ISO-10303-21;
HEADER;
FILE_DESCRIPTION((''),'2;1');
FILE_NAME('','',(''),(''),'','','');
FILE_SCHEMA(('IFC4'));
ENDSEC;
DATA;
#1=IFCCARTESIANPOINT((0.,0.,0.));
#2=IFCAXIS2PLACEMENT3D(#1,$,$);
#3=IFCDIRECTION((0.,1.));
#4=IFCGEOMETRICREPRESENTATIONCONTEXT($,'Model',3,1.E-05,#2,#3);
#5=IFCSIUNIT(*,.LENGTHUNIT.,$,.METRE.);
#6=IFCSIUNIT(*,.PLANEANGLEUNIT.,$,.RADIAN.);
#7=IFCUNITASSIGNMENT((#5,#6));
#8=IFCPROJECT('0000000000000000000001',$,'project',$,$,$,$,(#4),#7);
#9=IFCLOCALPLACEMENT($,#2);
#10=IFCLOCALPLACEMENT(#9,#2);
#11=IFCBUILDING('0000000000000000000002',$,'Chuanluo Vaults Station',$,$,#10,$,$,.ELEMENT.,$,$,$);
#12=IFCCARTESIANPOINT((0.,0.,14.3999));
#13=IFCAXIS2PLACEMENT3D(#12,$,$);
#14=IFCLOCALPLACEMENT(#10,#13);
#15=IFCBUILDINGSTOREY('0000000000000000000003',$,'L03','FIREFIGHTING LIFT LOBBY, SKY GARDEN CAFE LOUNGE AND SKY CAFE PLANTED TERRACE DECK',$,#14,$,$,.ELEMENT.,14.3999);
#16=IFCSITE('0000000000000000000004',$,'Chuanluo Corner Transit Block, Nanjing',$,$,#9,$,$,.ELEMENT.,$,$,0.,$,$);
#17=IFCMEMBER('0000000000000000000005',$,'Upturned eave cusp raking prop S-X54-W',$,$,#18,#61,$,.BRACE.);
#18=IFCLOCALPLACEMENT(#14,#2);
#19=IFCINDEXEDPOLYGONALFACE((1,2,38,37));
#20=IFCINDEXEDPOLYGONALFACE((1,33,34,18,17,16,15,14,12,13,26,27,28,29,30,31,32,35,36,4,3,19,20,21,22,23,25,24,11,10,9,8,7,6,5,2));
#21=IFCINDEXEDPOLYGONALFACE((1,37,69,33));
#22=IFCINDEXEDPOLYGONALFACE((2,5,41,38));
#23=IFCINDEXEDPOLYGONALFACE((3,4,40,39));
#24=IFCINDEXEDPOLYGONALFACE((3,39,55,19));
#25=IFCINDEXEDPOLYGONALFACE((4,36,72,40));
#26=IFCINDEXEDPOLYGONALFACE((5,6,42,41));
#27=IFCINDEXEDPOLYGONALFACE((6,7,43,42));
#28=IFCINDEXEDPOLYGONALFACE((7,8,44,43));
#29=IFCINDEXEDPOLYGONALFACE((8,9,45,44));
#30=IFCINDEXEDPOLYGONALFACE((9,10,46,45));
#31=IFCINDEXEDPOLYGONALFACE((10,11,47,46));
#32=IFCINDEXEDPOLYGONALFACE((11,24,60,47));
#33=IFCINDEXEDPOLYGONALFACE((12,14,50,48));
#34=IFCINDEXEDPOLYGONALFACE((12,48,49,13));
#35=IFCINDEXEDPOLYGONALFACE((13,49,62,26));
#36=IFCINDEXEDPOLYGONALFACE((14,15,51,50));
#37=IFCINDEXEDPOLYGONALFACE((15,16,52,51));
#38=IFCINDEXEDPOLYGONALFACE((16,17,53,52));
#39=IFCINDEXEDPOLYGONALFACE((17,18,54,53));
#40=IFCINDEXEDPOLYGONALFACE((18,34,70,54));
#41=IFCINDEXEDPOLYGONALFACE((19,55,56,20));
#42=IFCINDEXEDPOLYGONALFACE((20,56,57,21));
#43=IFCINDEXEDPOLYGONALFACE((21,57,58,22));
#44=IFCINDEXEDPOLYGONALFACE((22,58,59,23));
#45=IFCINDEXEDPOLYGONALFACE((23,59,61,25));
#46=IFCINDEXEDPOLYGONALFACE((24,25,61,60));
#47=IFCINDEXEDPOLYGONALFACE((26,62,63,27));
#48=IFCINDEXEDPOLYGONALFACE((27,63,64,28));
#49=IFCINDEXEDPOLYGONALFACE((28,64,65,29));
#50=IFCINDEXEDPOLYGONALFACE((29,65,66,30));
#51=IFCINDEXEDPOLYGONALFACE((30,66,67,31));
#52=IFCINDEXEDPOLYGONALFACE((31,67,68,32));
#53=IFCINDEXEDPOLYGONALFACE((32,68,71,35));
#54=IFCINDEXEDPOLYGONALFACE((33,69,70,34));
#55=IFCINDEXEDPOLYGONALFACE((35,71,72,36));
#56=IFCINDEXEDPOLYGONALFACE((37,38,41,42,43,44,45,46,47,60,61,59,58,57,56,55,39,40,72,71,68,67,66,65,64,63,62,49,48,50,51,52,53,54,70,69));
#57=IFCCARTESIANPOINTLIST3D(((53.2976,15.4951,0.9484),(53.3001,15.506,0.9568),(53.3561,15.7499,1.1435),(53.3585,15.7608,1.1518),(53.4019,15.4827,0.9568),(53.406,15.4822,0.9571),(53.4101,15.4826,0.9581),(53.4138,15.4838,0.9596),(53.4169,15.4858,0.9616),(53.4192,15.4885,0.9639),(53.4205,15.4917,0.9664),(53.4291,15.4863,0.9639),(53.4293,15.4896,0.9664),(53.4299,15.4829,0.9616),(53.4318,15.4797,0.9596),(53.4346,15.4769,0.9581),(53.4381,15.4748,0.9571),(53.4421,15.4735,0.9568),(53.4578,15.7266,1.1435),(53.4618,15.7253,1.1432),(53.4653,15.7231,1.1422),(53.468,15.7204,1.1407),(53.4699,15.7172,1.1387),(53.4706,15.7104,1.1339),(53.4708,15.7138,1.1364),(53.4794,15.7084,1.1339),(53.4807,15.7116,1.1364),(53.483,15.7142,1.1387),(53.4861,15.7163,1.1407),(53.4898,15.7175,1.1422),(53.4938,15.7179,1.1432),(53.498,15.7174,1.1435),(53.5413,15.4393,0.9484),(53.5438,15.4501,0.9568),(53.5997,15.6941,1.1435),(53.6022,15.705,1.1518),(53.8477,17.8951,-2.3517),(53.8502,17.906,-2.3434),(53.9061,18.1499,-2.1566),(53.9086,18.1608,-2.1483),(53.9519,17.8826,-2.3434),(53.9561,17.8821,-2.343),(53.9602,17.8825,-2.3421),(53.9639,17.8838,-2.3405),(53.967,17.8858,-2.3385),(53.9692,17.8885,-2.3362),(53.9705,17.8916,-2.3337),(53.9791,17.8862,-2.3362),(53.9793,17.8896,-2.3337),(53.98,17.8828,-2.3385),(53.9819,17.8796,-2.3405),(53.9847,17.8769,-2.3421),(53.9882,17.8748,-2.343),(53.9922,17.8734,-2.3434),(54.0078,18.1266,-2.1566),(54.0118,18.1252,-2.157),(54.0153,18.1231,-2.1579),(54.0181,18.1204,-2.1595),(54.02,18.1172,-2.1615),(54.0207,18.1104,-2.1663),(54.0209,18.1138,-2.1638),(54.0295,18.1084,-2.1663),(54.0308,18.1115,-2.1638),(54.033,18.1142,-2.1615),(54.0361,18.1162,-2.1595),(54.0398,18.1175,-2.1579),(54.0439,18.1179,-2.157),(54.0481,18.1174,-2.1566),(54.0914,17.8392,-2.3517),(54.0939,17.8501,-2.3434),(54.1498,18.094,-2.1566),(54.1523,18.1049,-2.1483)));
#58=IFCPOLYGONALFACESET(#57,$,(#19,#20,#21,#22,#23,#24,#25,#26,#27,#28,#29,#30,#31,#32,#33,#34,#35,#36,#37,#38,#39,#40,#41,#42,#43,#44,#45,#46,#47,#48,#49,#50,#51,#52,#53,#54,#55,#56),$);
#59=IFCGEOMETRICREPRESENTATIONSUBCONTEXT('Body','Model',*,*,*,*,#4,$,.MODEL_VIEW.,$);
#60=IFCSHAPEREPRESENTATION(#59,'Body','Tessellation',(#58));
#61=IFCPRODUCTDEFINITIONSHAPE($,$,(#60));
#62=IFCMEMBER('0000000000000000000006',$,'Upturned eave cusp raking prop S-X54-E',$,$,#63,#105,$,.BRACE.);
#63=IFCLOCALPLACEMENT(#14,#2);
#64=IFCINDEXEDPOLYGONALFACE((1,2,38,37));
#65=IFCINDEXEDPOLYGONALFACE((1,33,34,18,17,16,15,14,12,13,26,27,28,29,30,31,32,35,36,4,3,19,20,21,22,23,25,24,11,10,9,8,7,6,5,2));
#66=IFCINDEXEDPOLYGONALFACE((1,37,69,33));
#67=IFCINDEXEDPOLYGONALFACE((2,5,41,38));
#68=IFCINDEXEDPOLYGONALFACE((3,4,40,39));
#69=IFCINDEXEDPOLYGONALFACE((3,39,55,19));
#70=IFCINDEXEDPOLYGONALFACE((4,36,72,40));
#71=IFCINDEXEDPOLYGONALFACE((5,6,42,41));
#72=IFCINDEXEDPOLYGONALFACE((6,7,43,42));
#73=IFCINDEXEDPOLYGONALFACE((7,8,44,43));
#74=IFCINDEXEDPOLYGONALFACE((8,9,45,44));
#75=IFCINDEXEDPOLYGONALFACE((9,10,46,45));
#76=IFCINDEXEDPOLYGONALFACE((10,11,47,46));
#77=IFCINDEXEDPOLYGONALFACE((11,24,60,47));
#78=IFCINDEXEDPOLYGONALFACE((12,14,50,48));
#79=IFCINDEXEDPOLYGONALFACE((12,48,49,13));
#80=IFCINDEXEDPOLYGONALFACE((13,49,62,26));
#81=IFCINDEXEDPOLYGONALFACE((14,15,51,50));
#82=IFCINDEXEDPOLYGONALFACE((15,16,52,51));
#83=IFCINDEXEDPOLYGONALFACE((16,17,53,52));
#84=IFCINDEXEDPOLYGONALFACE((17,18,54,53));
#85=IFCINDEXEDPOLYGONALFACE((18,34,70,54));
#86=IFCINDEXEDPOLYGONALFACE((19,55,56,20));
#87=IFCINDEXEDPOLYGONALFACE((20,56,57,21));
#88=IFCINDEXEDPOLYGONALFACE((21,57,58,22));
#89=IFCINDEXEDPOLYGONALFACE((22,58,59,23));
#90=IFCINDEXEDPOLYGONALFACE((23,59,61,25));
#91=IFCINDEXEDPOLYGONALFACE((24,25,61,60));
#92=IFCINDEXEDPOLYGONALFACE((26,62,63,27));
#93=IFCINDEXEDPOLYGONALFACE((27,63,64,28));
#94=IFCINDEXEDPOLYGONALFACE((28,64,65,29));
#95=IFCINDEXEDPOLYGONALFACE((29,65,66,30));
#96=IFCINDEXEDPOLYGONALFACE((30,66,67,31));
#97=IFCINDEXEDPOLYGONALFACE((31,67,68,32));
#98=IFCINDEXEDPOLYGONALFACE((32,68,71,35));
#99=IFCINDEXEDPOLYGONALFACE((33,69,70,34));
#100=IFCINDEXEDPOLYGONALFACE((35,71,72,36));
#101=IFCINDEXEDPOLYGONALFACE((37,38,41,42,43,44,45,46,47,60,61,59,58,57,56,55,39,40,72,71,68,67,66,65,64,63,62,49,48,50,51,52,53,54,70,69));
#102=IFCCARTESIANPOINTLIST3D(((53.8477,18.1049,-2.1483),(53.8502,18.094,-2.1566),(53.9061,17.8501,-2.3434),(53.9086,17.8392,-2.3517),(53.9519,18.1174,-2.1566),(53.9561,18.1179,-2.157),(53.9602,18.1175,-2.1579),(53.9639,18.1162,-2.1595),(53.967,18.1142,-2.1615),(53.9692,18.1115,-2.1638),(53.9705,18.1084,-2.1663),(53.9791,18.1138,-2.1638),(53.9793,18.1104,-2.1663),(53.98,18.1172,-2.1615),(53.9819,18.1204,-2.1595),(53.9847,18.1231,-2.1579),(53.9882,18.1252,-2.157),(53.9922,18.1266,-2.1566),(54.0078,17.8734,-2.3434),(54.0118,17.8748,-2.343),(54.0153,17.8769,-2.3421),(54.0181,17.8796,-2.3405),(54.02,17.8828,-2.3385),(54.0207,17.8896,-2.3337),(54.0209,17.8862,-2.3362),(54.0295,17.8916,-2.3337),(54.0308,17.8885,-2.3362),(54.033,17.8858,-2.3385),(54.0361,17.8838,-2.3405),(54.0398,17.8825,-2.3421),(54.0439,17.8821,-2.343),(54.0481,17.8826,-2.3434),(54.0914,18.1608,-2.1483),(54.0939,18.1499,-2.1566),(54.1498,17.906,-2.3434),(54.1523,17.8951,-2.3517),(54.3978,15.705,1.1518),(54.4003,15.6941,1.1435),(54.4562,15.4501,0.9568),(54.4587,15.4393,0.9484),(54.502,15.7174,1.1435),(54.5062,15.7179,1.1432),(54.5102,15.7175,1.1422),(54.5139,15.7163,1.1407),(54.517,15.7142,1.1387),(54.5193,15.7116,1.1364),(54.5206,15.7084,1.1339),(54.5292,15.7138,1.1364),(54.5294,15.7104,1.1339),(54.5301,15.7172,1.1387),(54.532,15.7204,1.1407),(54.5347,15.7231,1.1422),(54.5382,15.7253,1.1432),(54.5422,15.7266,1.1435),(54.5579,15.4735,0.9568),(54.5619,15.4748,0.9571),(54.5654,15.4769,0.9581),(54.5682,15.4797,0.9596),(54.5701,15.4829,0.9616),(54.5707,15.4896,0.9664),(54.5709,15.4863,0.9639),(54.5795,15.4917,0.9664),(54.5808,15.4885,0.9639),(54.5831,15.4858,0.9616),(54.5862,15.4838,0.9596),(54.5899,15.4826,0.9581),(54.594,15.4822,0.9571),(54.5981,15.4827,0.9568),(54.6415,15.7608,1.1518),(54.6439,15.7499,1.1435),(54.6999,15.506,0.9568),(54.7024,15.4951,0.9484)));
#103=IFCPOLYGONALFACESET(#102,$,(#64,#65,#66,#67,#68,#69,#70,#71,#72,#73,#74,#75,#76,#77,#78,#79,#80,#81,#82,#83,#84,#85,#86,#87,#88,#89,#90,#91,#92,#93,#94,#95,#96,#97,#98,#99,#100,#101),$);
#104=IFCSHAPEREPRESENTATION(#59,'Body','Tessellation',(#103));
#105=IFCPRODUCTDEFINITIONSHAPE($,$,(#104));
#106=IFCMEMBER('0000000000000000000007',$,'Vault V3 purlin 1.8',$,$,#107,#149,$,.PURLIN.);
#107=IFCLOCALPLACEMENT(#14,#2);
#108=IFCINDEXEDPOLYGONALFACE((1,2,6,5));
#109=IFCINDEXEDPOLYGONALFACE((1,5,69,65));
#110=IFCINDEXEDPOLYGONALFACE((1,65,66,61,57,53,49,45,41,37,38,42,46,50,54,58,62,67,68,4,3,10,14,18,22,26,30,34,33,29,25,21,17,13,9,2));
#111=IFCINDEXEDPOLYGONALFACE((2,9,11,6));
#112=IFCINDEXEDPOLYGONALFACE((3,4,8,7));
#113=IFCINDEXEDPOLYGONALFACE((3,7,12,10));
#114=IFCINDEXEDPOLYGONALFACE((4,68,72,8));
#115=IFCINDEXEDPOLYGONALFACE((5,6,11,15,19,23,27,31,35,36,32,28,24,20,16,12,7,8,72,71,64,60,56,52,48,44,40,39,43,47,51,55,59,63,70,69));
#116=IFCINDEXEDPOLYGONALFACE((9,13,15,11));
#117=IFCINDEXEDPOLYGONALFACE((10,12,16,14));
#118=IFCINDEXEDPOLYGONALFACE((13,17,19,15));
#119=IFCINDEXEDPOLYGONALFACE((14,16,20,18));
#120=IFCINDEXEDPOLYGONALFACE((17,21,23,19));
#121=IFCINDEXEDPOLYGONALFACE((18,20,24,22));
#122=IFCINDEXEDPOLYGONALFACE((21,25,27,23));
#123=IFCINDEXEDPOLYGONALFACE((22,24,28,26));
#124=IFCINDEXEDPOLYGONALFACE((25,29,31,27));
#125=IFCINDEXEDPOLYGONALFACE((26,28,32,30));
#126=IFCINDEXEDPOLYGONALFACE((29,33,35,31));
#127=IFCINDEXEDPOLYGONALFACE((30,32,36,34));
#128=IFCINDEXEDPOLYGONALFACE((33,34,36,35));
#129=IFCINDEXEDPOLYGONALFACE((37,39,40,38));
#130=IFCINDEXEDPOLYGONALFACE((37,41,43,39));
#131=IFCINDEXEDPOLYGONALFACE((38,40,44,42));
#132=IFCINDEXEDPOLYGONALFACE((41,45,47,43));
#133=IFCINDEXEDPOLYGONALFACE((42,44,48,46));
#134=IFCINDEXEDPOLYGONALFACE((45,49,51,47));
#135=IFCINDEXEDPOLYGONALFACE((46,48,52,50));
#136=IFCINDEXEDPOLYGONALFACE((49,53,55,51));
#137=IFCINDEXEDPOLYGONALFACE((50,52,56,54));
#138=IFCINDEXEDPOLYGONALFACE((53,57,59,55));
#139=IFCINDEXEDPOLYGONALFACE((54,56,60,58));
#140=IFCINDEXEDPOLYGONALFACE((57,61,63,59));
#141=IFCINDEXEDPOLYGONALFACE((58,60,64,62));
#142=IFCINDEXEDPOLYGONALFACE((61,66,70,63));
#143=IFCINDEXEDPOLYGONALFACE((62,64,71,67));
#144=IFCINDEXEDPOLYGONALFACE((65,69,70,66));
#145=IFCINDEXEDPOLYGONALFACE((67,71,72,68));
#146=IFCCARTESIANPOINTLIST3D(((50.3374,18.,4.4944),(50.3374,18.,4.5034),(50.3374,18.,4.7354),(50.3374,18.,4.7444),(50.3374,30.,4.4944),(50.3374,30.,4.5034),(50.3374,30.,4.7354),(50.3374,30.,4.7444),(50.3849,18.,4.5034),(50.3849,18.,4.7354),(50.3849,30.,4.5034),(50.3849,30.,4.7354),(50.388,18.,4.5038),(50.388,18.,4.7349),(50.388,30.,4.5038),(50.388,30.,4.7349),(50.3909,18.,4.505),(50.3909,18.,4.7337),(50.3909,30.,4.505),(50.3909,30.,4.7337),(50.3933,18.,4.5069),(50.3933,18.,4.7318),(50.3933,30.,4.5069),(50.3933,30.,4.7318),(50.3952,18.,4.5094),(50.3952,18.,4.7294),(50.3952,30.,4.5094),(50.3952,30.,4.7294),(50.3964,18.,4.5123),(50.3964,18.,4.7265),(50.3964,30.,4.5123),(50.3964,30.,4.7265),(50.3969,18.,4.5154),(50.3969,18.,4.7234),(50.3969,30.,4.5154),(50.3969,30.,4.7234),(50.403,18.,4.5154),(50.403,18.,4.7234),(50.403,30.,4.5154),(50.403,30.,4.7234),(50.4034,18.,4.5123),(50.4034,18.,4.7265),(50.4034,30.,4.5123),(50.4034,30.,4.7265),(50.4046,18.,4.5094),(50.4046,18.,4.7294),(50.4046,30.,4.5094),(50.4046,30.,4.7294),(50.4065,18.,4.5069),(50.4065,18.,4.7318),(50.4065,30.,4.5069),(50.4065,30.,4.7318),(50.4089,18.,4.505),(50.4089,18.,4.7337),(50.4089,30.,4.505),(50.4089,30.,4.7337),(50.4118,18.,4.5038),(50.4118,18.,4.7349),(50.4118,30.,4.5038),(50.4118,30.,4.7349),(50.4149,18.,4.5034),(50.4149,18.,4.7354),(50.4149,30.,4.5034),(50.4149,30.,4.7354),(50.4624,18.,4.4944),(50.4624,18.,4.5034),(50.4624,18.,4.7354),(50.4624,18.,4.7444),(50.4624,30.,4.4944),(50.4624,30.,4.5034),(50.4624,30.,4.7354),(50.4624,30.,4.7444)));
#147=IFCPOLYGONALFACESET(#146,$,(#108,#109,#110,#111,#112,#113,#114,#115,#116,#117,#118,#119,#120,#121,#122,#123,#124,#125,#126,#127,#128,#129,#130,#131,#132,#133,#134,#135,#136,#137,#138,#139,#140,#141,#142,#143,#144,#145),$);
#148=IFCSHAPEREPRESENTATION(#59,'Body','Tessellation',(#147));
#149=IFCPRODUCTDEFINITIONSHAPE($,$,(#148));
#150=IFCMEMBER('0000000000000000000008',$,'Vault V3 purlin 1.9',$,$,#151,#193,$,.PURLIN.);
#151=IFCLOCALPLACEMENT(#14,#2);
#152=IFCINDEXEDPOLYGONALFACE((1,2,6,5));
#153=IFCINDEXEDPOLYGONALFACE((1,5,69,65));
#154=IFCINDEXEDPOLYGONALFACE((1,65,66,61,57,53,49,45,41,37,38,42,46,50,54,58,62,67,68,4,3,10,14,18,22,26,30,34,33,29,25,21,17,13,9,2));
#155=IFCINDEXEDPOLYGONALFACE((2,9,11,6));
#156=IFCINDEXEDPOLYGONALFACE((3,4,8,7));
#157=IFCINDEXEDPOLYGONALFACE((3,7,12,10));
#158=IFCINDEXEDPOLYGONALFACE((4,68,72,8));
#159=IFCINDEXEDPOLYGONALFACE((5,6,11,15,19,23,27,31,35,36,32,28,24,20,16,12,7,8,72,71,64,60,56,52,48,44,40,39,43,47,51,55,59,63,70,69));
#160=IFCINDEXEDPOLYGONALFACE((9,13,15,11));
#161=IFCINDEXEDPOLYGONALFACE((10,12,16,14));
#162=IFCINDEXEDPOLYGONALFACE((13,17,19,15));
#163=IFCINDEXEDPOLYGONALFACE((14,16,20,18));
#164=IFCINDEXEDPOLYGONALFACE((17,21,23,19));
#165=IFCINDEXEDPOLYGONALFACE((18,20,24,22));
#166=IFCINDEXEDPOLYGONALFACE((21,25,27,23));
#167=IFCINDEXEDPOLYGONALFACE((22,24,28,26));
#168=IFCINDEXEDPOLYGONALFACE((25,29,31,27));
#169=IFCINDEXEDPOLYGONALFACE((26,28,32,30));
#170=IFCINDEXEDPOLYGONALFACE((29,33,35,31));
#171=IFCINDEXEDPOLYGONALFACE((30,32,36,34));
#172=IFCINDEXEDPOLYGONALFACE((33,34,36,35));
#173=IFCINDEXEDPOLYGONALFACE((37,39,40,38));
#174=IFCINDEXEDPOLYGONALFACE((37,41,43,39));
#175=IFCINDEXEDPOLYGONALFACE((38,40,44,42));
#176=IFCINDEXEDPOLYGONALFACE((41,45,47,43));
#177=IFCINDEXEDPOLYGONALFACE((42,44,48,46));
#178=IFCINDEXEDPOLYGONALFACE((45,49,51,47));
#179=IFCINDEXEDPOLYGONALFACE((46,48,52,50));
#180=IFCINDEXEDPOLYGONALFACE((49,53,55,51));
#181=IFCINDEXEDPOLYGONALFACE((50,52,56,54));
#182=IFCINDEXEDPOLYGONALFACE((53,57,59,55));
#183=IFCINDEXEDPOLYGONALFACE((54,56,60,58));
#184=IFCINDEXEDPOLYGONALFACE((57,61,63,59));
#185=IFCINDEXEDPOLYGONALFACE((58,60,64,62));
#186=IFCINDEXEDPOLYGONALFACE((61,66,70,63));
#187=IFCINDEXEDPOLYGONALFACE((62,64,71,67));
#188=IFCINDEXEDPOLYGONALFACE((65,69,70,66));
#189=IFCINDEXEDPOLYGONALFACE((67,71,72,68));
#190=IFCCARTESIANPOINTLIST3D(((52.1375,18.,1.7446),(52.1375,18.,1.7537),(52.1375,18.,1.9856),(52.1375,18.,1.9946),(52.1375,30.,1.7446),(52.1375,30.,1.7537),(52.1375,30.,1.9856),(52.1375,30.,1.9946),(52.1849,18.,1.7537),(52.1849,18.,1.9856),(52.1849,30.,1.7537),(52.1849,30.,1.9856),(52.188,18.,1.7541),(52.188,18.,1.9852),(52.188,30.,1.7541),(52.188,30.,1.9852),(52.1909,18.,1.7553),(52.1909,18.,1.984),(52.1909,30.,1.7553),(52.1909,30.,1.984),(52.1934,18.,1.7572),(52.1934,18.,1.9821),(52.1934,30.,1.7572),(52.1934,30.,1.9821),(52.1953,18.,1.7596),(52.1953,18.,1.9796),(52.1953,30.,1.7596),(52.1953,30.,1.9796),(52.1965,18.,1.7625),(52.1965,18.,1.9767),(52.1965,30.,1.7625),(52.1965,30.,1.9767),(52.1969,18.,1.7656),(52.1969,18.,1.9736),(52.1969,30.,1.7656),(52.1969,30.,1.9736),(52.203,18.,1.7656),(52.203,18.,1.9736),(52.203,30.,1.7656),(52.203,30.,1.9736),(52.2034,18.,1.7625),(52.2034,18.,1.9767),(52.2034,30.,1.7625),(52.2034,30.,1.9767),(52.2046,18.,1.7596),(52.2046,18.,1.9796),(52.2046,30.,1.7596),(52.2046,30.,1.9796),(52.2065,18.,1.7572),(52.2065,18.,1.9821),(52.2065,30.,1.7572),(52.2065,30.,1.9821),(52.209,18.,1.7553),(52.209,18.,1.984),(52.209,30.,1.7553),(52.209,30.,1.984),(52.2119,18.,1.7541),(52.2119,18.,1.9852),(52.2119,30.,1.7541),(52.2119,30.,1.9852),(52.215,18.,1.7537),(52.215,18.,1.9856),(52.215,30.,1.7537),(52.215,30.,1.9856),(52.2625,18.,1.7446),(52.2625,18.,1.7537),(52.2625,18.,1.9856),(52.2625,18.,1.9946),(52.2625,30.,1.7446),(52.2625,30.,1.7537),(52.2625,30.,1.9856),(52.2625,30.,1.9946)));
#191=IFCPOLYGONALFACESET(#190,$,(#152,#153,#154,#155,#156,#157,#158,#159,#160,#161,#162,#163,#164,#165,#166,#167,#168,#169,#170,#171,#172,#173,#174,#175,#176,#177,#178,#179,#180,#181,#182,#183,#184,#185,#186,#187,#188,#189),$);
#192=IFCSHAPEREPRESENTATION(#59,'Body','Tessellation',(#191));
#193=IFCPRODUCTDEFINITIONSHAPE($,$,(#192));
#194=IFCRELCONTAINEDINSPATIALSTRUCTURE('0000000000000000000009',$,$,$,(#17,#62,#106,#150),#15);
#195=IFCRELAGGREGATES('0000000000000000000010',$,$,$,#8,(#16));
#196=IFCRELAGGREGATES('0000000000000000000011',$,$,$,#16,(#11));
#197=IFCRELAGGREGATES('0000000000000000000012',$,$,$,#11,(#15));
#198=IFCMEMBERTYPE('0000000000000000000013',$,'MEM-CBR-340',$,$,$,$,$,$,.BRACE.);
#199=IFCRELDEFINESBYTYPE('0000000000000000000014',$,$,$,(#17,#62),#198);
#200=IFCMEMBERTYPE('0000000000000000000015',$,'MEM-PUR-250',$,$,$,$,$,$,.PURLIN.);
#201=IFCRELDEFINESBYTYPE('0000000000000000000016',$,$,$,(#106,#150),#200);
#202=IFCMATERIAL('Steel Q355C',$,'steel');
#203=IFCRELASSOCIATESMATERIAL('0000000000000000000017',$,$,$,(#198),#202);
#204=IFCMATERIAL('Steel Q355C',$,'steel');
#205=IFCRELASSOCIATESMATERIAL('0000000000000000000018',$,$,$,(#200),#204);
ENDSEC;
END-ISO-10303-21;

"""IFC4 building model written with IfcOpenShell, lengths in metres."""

from ifc_helpers import new_model, si_unit, direction, frame, origin, origin_2d, place, context, subcontext, project, spatial, i_section, extrude, material, material_profile, profile_set, type_object, element, save


model = new_model("IFC4")

# Units and contexts
model_context = context("Model", 3, precision=1e-05, world=origin(), true_north=direction((0.0, 1.0)))
body_context = subcontext(model_context, "Body", "Model", "MODEL_VIEW")
ifc_project = project(units=[si_unit("LENGTHUNIT", "METRE"), si_unit("PLANEANGLEUNIT", "RADIAN")], contexts=[model_context])

# Site, building, storey
site_placement = place(None, origin())
site = spatial("IfcSite", under=ifc_project, at=site_placement, Name="Chuanluo Corner Transit Block, Nanjing", CompositionType="ELEMENT", RefElevation=0.0)
building_placement = place(site_placement, origin())
building = spatial("IfcBuilding", under=site, at=building_placement, Name="Chuanluo Vaults Station", CompositionType="ELEMENT")
storey_placement = place(building_placement, frame((0.0, 0.0, 14.3999)))
storey = spatial("IfcBuildingStorey", under=building, at=storey_placement, Name="L03", Description="FIREFIGHTING LIFT LOBBY, SKY GARDEN CAFE LOUNGE AND SKY CAFE PLANTED TERRACE DECK", CompositionType="ELEMENT", Elevation=14.3999)

# Members
ifc_material_1 = material(Name="Steel Q355C", Category="steel")
ifc_material_profile_1 = material_profile(ifc_material_1, i_section(OverallWidth=0.25, OverallDepth=0.3401, WebThickness=0.009, FlangeThickness=0.0139, FilletRadius=0.0161, at=origin_2d()))
ifc_profile_set_1 = profile_set([ifc_material_profile_1], Name="Steel Q355C")
member_type_1 = type_object("IfcMemberType", Name="MEM-CBR-340", PredefinedType="BRACE", material=ifc_profile_set_1)
for number, where, z_axis, x_axis, name in (
    (1, (54.0, 18.0, -2.25), (-0.133594, -0.582878, 0.801502), (0.974726, -0.223404, 0.0), "Upturned eave cusp raking prop S-X54-W"),
    (2, (54.0, 18.0, -2.25), (0.133594, -0.582878, 0.801502), (0.974726, 0.223404, 0.0), "Upturned eave cusp raking prop S-X54-E"),
):
    element("IfcMember", number, at=place(storey_placement, frame(where, z_axis=z_axis, x_axis=x_axis)), inside=storey, type_object=member_type_1, Name=name, PredefinedType="BRACE", context=body_context, shape_type="SweptSolid", body=[
        extrude(i_section(OverallWidth=0.25, OverallDepth=0.3401, WebThickness=0.009, FlangeThickness=0.0139, FilletRadius=0.0161, at=origin_2d()), origin(), (0.0, 0.0, 1.0), 4.1174),
    ])
ifc_material_2 = material(Name="Steel Q355C", Category="steel")
ifc_material_profile_2 = material_profile(ifc_material_2, i_section(OverallWidth=0.125, OverallDepth=0.25, WebThickness=0.0061, FlangeThickness=0.009, FilletRadius=0.012, at=origin_2d()))
ifc_profile_set_2 = profile_set([ifc_material_profile_2], Name="Steel Q355C")
member_type_2 = type_object("IfcMemberType", Name="MEM-PUR-250", PredefinedType="PURLIN", material=ifc_profile_set_2)
for number, where, z_axis, x_axis, name in (
    (3, (50.3999, 18.0, 4.6194), (0.0, 1.0, 0.0), (-1.0, 0.0, 0.0), "Vault V3 purlin 1.8"),
    (4, (52.2, 18.0, 1.8696), (0.0, 1.0, 0.0), (-1.0, 0.0, 0.0), "Vault V3 purlin 1.9"),
):
    element("IfcMember", number, at=place(storey_placement, frame(where, z_axis=z_axis, x_axis=x_axis)), inside=storey, type_object=member_type_2, Name=name, PredefinedType="PURLIN", context=body_context, shape_type="SweptSolid", body=[
        extrude(i_section(OverallWidth=0.125, OverallDepth=0.25, WebThickness=0.0061, FlangeThickness=0.009, FilletRadius=0.012, at=origin_2d()), origin(), (0.0, 0.0, 1.0), 12.0),
    ])

save(model, "model.ifc")
